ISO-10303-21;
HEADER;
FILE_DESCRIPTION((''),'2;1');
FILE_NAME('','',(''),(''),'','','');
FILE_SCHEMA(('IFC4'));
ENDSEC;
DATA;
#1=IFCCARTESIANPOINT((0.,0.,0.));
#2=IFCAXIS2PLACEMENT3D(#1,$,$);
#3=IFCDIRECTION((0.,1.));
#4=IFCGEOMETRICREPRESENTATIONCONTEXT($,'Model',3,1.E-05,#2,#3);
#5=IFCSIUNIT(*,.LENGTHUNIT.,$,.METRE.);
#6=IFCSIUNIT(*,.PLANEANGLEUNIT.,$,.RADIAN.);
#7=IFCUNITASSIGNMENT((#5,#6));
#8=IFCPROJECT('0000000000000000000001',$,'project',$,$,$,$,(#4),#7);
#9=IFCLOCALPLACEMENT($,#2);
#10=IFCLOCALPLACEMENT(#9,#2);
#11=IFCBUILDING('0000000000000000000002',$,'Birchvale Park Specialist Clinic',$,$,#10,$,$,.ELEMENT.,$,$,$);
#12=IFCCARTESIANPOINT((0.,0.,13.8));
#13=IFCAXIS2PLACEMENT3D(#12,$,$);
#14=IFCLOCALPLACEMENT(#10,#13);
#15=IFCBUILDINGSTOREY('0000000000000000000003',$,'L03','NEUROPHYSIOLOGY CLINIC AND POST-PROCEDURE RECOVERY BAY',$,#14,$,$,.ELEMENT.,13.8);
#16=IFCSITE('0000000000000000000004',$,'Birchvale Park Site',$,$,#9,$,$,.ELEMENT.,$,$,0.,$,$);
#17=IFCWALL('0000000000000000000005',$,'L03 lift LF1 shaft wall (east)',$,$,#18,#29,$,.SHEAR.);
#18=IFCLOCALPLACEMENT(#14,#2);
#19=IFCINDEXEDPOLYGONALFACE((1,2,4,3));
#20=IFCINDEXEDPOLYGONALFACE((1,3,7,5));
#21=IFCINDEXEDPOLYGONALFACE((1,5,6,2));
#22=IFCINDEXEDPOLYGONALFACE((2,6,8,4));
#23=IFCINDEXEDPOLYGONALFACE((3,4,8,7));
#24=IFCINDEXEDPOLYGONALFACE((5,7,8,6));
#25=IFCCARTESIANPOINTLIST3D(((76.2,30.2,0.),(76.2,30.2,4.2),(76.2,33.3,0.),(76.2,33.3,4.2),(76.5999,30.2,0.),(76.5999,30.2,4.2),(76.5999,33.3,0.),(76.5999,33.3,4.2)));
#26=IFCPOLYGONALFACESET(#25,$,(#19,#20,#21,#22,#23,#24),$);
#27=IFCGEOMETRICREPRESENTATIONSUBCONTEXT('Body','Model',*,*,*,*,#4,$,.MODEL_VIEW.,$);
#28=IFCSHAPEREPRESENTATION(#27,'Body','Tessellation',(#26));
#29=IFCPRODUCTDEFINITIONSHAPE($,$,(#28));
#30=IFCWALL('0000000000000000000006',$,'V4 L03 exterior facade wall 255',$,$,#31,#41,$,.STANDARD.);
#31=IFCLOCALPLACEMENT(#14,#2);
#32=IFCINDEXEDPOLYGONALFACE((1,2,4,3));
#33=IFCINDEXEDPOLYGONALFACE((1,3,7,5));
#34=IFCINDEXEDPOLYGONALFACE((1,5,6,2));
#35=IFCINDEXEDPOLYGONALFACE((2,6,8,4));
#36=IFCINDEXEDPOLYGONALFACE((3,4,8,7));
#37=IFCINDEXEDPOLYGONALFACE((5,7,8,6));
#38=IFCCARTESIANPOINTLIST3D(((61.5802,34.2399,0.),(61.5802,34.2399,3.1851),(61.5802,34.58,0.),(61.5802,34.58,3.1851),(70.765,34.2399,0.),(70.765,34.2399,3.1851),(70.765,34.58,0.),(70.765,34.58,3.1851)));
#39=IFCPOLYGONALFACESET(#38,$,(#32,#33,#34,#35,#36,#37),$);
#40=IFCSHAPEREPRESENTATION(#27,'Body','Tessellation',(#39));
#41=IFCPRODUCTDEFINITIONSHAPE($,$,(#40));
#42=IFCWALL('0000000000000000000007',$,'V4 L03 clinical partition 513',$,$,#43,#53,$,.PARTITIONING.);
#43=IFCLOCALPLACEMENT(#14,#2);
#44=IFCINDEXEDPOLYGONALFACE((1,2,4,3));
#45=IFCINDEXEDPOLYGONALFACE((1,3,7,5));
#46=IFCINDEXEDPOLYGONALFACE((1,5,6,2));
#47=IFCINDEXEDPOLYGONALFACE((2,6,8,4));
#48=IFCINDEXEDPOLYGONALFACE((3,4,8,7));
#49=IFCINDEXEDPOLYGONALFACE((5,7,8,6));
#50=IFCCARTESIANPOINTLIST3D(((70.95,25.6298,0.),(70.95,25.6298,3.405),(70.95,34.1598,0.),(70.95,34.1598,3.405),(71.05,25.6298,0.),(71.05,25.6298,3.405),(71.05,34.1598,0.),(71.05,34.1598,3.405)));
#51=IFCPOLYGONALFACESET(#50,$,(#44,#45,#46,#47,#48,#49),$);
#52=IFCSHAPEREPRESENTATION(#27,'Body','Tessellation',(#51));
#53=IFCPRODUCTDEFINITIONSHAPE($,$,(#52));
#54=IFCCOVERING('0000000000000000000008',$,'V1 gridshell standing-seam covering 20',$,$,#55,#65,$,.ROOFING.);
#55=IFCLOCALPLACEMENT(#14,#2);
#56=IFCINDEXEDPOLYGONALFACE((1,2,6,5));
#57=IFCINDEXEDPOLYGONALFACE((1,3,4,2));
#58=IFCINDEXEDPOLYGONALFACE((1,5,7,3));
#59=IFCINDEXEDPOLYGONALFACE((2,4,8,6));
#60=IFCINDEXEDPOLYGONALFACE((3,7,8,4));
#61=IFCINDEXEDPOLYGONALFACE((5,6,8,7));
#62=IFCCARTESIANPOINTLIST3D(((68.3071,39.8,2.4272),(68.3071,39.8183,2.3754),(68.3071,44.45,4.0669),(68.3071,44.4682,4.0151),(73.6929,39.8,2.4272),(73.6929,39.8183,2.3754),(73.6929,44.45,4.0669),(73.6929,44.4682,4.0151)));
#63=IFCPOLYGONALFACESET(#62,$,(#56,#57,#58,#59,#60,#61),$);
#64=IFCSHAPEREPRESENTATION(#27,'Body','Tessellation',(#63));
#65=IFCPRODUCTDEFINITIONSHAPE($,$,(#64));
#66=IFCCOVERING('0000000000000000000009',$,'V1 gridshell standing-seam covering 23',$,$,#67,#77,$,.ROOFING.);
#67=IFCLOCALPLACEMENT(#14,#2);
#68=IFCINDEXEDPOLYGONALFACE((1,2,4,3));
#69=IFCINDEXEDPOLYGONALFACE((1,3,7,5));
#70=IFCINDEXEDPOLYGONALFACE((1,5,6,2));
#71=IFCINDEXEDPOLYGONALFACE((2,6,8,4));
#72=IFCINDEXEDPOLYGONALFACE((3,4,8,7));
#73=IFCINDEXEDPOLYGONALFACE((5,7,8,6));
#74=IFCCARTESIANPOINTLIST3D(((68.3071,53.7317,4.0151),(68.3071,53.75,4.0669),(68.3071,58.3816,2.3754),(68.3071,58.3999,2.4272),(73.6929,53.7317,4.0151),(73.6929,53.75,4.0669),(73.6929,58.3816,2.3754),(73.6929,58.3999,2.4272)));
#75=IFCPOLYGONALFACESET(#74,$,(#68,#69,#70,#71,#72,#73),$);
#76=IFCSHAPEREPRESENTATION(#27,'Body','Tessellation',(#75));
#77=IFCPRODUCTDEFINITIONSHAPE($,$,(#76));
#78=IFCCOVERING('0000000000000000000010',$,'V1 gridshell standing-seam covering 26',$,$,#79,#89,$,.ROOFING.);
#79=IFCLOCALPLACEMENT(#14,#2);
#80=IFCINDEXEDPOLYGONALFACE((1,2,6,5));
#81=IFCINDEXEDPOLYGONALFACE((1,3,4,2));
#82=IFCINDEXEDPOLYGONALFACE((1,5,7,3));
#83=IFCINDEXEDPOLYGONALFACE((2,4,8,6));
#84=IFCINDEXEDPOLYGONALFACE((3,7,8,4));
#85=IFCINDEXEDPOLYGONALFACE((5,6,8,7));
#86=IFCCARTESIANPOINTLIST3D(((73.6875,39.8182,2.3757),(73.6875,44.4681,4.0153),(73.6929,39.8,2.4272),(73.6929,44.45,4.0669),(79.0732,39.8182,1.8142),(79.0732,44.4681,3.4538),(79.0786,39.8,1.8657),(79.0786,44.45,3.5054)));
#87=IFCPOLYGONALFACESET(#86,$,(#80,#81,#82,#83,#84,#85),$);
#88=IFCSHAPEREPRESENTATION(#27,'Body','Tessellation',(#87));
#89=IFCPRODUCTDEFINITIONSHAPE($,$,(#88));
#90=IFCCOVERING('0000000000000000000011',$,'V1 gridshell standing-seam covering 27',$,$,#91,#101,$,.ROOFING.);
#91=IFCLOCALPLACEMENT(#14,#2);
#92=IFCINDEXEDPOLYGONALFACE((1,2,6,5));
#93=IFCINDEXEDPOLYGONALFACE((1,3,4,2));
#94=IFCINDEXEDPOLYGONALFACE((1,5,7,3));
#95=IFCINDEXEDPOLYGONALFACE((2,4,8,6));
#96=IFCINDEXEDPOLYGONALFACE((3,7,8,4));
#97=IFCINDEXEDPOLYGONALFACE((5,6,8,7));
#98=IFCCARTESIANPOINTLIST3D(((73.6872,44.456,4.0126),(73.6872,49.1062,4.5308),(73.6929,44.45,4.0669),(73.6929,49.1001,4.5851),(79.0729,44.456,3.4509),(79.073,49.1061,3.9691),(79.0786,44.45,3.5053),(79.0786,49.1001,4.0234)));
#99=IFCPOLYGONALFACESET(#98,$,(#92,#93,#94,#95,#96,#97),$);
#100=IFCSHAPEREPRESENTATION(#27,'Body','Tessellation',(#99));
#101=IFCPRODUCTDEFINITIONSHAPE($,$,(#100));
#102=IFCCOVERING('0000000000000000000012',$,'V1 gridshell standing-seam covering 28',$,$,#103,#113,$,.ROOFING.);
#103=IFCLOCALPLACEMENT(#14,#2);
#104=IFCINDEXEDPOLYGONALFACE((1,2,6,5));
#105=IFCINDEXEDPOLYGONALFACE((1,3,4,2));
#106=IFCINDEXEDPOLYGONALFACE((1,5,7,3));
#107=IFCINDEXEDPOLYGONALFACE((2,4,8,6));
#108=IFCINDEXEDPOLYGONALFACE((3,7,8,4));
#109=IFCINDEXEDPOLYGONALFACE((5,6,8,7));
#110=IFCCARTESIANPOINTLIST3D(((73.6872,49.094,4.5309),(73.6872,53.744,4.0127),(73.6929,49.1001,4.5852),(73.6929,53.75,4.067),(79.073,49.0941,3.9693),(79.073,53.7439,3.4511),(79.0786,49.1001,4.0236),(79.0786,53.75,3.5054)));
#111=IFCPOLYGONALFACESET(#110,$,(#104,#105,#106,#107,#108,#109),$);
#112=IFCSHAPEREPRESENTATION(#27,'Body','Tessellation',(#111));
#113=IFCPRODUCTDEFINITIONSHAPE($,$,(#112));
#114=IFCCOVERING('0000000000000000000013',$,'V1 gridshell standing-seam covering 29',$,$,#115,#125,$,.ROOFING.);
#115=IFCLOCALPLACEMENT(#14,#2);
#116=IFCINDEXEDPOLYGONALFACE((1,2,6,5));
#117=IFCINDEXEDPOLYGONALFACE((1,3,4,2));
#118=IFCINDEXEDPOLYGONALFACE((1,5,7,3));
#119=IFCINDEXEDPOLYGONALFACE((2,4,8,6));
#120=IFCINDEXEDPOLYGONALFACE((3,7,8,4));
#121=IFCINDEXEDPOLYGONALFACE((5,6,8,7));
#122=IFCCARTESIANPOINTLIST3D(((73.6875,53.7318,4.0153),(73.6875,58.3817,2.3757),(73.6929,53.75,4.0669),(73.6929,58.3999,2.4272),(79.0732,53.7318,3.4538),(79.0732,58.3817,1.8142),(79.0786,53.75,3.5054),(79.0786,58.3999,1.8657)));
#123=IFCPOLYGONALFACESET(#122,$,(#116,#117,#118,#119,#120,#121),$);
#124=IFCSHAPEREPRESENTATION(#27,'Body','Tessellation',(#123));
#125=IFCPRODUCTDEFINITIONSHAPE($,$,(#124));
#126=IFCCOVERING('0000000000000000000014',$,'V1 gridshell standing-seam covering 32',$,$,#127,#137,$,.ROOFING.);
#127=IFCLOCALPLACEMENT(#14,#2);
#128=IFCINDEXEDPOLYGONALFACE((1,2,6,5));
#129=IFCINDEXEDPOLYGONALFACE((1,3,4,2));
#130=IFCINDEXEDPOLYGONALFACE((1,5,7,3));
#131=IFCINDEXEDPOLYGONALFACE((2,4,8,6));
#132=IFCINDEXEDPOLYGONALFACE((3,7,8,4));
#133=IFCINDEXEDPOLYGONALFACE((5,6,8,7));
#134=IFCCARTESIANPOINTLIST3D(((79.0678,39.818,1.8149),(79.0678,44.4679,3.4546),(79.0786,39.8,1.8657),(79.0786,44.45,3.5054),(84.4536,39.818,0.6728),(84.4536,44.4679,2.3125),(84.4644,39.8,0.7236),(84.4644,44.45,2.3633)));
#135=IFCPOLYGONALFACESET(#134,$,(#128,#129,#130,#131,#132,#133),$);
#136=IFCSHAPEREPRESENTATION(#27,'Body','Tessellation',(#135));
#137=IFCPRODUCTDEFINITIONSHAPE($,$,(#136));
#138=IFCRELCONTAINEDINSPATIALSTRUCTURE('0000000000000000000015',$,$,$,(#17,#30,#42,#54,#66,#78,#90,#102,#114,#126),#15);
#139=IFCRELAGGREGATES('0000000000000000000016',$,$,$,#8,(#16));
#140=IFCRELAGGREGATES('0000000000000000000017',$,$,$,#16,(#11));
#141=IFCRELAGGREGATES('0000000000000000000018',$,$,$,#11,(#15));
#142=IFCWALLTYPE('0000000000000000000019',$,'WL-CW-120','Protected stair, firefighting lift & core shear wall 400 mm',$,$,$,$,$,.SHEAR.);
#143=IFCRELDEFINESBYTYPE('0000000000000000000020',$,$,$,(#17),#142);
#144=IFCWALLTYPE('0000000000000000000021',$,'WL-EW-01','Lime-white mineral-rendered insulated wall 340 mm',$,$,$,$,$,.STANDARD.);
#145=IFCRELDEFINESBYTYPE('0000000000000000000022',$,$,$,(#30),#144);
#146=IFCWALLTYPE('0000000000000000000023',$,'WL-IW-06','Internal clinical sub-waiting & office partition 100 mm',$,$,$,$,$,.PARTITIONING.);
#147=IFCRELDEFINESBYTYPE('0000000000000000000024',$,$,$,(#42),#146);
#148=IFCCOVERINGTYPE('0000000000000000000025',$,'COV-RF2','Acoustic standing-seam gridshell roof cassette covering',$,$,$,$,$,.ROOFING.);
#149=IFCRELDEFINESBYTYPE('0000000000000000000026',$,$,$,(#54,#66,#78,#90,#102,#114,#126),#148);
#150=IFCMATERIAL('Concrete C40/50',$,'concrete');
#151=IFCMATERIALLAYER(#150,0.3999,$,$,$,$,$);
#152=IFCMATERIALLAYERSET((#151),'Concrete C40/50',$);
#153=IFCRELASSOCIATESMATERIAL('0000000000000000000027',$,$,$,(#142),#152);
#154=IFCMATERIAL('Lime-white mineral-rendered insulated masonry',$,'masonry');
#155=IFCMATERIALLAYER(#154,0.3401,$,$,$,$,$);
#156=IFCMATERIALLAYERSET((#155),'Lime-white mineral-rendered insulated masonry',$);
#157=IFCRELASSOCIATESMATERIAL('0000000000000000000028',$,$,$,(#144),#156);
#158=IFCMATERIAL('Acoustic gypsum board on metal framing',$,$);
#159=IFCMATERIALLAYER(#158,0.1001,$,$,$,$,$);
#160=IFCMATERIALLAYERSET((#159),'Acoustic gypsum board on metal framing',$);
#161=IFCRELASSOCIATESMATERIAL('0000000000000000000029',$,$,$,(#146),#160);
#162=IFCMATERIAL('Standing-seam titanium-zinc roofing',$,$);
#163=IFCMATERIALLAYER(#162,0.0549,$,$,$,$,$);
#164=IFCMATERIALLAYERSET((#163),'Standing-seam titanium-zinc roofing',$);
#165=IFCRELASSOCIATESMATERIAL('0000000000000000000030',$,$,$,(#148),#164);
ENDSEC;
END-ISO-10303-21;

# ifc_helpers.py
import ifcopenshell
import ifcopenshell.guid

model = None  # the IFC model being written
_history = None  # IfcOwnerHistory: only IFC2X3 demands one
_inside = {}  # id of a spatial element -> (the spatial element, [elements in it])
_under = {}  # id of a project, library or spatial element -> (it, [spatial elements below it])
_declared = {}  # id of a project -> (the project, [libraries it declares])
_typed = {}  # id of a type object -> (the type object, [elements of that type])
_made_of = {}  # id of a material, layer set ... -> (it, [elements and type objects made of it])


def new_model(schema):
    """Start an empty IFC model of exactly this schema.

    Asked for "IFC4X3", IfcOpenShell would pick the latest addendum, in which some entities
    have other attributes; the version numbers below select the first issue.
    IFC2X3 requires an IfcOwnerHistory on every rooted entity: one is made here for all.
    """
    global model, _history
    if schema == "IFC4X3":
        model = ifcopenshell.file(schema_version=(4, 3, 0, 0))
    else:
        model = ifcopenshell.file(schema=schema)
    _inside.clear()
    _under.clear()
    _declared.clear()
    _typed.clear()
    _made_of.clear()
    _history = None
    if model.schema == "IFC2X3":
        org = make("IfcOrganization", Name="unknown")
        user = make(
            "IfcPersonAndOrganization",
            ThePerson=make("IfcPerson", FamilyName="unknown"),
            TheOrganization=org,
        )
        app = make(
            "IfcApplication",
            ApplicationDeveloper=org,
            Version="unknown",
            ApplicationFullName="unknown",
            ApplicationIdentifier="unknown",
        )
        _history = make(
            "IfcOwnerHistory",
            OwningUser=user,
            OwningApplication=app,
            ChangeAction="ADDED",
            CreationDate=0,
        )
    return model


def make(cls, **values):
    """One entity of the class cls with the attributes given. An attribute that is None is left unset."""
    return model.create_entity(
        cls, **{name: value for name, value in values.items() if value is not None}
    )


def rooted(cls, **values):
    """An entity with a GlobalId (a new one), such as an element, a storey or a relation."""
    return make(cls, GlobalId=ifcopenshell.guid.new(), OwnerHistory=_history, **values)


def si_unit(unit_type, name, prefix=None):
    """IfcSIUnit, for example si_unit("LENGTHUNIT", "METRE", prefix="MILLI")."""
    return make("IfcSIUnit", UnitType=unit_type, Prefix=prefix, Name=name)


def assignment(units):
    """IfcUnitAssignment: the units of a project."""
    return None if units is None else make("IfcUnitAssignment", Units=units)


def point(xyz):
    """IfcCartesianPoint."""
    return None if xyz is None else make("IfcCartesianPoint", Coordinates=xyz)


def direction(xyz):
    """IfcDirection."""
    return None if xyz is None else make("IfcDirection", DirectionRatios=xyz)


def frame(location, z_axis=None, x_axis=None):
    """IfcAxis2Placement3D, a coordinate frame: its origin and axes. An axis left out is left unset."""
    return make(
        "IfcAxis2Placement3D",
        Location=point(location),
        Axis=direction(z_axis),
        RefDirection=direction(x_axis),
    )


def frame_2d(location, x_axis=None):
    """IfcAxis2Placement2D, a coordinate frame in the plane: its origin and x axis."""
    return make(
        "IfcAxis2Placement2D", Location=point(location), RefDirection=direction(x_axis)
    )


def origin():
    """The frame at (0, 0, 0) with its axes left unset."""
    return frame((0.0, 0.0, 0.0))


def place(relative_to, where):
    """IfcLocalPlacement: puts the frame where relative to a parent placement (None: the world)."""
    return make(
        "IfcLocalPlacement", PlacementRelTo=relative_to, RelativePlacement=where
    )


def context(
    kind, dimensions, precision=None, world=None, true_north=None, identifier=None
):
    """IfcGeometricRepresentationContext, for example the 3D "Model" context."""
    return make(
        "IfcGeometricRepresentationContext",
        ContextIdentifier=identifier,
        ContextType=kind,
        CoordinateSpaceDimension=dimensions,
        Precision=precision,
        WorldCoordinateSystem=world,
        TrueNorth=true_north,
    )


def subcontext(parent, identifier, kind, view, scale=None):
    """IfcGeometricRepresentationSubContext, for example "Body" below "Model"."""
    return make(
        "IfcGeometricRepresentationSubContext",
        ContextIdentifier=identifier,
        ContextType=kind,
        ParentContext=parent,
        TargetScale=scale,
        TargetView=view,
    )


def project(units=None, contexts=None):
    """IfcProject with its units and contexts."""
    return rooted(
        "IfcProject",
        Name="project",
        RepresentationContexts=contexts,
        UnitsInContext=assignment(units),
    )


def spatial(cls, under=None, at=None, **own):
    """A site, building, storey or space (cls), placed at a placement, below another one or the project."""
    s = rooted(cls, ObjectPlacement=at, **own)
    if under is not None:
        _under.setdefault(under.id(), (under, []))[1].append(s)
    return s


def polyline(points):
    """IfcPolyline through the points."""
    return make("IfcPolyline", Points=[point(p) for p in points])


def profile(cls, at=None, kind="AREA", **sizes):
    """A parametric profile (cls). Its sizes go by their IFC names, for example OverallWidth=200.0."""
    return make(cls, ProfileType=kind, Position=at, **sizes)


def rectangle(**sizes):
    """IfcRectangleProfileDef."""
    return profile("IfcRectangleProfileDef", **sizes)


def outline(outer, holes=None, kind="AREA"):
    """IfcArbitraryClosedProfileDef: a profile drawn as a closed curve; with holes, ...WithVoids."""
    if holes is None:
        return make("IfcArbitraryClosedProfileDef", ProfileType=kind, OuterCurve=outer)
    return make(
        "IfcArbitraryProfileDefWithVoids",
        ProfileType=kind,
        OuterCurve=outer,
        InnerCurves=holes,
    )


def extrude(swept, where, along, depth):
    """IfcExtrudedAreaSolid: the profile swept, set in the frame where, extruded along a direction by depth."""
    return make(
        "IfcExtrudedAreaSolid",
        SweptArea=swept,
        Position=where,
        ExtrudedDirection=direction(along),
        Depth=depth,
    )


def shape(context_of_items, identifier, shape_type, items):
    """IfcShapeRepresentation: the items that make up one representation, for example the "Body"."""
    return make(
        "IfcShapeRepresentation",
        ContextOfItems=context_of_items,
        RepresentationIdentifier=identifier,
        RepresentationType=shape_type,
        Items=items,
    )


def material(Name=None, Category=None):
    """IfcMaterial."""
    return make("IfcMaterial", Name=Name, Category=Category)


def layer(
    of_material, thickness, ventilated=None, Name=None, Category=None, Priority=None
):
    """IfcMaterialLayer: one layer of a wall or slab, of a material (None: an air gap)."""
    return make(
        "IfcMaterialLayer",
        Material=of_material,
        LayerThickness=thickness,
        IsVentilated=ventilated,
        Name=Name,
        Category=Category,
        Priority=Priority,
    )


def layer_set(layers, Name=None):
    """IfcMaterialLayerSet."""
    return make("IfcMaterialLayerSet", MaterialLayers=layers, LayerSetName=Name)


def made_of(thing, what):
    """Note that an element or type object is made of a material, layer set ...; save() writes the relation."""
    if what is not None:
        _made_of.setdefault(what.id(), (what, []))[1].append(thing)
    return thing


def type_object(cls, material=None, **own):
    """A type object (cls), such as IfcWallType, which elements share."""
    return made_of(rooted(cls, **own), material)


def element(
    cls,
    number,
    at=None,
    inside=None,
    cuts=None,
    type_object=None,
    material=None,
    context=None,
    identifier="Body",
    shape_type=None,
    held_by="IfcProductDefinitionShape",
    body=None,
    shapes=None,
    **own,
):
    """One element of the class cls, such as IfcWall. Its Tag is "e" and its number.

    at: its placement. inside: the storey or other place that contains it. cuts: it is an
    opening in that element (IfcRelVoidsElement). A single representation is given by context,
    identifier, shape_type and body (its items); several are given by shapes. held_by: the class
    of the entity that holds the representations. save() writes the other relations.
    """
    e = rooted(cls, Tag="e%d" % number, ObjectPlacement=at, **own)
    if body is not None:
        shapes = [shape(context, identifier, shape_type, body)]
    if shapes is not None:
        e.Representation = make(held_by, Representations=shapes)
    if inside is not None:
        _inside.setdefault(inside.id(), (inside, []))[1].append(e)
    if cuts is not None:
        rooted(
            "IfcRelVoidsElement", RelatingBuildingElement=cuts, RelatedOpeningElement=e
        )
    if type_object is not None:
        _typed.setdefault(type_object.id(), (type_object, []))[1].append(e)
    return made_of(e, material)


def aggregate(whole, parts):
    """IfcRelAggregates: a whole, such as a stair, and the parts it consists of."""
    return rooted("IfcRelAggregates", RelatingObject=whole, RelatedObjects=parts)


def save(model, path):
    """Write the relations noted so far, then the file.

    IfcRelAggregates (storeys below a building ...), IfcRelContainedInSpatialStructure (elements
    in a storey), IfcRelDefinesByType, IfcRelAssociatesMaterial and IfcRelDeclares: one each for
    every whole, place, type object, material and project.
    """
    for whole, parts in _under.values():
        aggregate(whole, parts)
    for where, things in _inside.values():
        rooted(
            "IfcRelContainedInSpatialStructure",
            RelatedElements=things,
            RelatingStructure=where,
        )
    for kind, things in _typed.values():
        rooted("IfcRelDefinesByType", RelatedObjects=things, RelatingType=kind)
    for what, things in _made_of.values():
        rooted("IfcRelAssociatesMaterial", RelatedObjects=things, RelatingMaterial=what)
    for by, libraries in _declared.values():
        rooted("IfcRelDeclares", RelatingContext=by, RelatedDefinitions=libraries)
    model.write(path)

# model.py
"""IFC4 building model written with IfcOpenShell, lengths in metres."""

from ifc_helpers import new_model, si_unit, direction, frame, frame_2d, origin, place, context, subcontext, project, spatial, polyline, rectangle, outline, extrude, material, layer, layer_set, type_object, element, save


model = new_model("IFC4")

# Units and contexts
model_context = context("Model", 3, precision=1e-05, world=origin(), true_north=direction((0.0, 1.0)))
body_context = subcontext(model_context, "Body", "Model", "MODEL_VIEW")
ifc_project = project(units=[si_unit("LENGTHUNIT", "METRE"), si_unit("PLANEANGLEUNIT", "RADIAN")], contexts=[model_context])

# Site, building, storey
site_placement = place(None, origin())
site = spatial("IfcSite", under=ifc_project, at=site_placement, Name="Birchvale Park Site", CompositionType="ELEMENT", RefElevation=0.0)
building_placement = place(site_placement, origin())
building = spatial("IfcBuilding", under=site, at=building_placement, Name="Birchvale Park Specialist Clinic", CompositionType="ELEMENT")
storey_placement = place(building_placement, frame((0.0, 0.0, 13.8)))
storey = spatial("IfcBuildingStorey", under=building, at=storey_placement, Name="L03", Description="NEUROPHYSIOLOGY CLINIC AND POST-PROCEDURE RECOVERY BAY", CompositionType="ELEMENT", Elevation=13.8)

# Shared definitions
ifc_material_1 = material(Name="Concrete C40/50", Category="concrete")

# Walls
ifc_layer_1 = layer(ifc_material_1, 0.3999)
ifc_layer_set_1 = layer_set([ifc_layer_1], Name="Concrete C40/50")
wall_type_1 = type_object("IfcWallType", Name="WL-CW-120", Description="Protected stair, firefighting lift & core shear wall 400 mm", PredefinedType="SHEAR", material=ifc_layer_set_1)
wall_1_placement = place(storey_placement, frame((76.3999, 33.3, 0.0), z_axis=(0.0, 0.0, 1.0), x_axis=(0.0, -1.0, 0.0)))
element("IfcWall", 1, at=wall_1_placement, inside=storey, type_object=wall_type_1, Name="L03 lift LF1 shaft wall (east)", PredefinedType="SHEAR", context=body_context, shape_type="SweptSolid", body=[
    extrude(rectangle(XDim=3.1001, YDim=0.3999, at=frame_2d((1.55, 0.0))), origin(), (0.0, 0.0, 1.0), 4.2),
])
ifc_material_2 = material(Name="Lime-white mineral-rendered insulated masonry", Category="masonry")
ifc_layer_2 = layer(ifc_material_2, 0.3401)
ifc_layer_set_2 = layer_set([ifc_layer_2], Name="Lime-white mineral-rendered insulated masonry")
wall_type_2 = type_object("IfcWallType", Name="WL-EW-01", Description="Lime-white mineral-rendered insulated wall 340 mm", PredefinedType="STANDARD", material=ifc_layer_set_2)
wall_2_placement = place(storey_placement, frame((70.7649, 34.4099, 0.0), z_axis=(0.0, 0.0, 1.0), x_axis=(-1.0, 0.0, 0.0)))
element("IfcWall", 2, at=wall_2_placement, inside=storey, type_object=wall_type_2, Name="V4 L03 exterior facade wall 255", PredefinedType="STANDARD", context=body_context, shape_type="SweptSolid", body=[
    extrude(rectangle(XDim=9.1848, YDim=0.3401, at=frame_2d((4.5923, 0.0))), origin(), (0.0, 0.0, 1.0), 3.1851),
])
ifc_material_3 = material(Name="Acoustic gypsum board on metal framing")
ifc_layer_3 = layer(ifc_material_3, 0.1001)
ifc_layer_set_3 = layer_set([ifc_layer_3], Name="Acoustic gypsum board on metal framing")
wall_type_3 = type_object("IfcWallType", Name="WL-IW-06", Description="Internal clinical sub-waiting & office partition 100 mm", PredefinedType="PARTITIONING", material=ifc_layer_set_3)
wall_3_placement = place(storey_placement, frame((71.0, 34.1599, 0.0), z_axis=(0.0, 0.0, 1.0), x_axis=(0.0, -1.0, 0.0)))
element("IfcWall", 3, at=wall_3_placement, inside=storey, type_object=wall_type_3, Name="V4 L03 clinical partition 513", PredefinedType="PARTITIONING", context=body_context, shape_type="SweptSolid", body=[
    extrude(rectangle(XDim=8.53, YDim=0.1001, at=frame_2d((4.2651, 0.0))), origin(), (0.0, 0.0, 1.0), 3.405),
])

# Coverings
ifc_material_4 = material(Name="Standing-seam titanium-zinc roofing")
ifc_layer_4 = layer(ifc_material_4, 0.0549)
ifc_layer_set_4 = layer_set([ifc_layer_4], Name="Standing-seam titanium-zinc roofing")
covering_type = type_object("IfcCoveringType", Name="COV-RF2", Description="Acoustic standing-seam gridshell roof cassette covering", PredefinedType="ROOFING", material=ifc_layer_set_4)
for number, where, z_axis, x_axis, name in (
    (4, (68.3071, 39.8, 2.4272), (0.0, -0.332551, 0.943085), (1.0, 0.0, 0.0), "V1 gridshell standing-seam covering 20"),
    (5, (68.3071, 53.75, 4.0669), (0.0, 0.332551, 0.943085), (1.0, 0.0, 0.0), "V1 gridshell standing-seam covering 23"),
):
    element("IfcCovering", number, at=place(storey_placement, frame(where, z_axis=z_axis, x_axis=x_axis)), inside=storey, type_object=covering_type, Name=name, PredefinedType="ROOFING", context=body_context, shape_type="SweptSolid", body=[
        extrude(outline(polyline([(0.0, 0.0), (5.3857, 0.0), (5.3857, 4.9305), (0.0, 4.9305), (0.0, 0.0)])), origin(), (0.0, 0.0, -1.0), 0.0549),
    ])
covering_1_placement = place(storey_placement, frame((73.6929, 39.8, 2.4272), z_axis=(0.097855, -0.330955, 0.938559), x_axis=(0.994609, 0.0, -0.103699)))
element("IfcCovering", 6, at=covering_1_placement, inside=storey, type_object=covering_type, Name="V1 gridshell standing-seam covering 26", PredefinedType="ROOFING", context=body_context, shape_type="SweptSolid", body=[
    extrude(outline(polyline([(0.0, 0.0), (5.4149, 0.0), (5.2449, 4.9276), (-0.17, 4.9276), (0.0, 0.0)])), origin(), (0.0, 0.0, -1.0), 0.0549),
])
covering_2_placement = place(storey_placement, frame((73.6929, 44.45, 4.0669), z_axis=(0.10309, -0.110159, 0.988553), x_axis=(0.994606, 0.000002, -0.103721)))
element("IfcCovering", 7, at=covering_2_placement, inside=storey, type_object=covering_type, Name="V1 gridshell standing-seam covering 27", PredefinedType="ROOFING", context=body_context, shape_type="SweptSolid", body=[
    extrude(outline(polyline([(0.0, 0.0), (5.4149, 0.0), (5.3612, 4.6786), (-0.0537, 4.6786), (0.0, 0.0)])), origin(), (0.0, 0.0, -1.0), 0.0549),
])
covering_3_placement = place(storey_placement, frame((73.6929, 49.1001, 4.5852), z_axis=(0.10309, 0.110165, 0.988553), x_axis=(0.994606, 0.000002, -0.103722)))
element("IfcCovering", 8, at=covering_3_placement, inside=storey, type_object=covering_type, Name="V1 gridshell standing-seam covering 28", PredefinedType="ROOFING", context=body_context, shape_type="SweptSolid", body=[
    extrude(outline(polyline([(0.0, 0.0), (5.415, 0.0), (5.4687, 4.6784), (0.0538, 4.6784), (0.0, 0.0)])), origin(), (0.0, 0.0, -1.0), 0.0549),
])
covering_4_placement = place(storey_placement, frame((73.6929, 53.75, 4.0669), z_axis=(0.097855, 0.330955, 0.938559), x_axis=(0.994609, 0.0, -0.103699)))
element("IfcCovering", 9, at=covering_4_placement, inside=storey, type_object=covering_type, Name="V1 gridshell standing-seam covering 29", PredefinedType="ROOFING", context=body_context, shape_type="SweptSolid", body=[
    extrude(outline(polyline([(0.0, 0.0), (5.4149, 0.0), (5.585, 4.9276), (0.17, 4.9276), (0.0, 0.0)])), origin(), (0.0, 0.0, -1.0), 0.0549),
])
covering_5_placement = place(storey_placement, frame((79.0786, 39.8, 1.8657), z_axis=(0.196106, -0.326094, 0.924773), x_axis=(0.978247, 0.0, -0.207445)))
element("IfcCovering", 10, at=covering_5_placement, inside=storey, type_object=covering_type, Name="V1 gridshell standing-seam covering 32", PredefinedType="ROOFING", context=body_context, shape_type="SweptSolid", body=[
    extrude(outline(polyline([(0.0, 0.0), (5.5055, 0.0), (5.1654, 4.9188), (-0.3401, 4.9188), (0.0, 0.0)])), origin(), (0.0, 0.0, -1.0), 0.0549),
])

save(model, "model.ifc")
